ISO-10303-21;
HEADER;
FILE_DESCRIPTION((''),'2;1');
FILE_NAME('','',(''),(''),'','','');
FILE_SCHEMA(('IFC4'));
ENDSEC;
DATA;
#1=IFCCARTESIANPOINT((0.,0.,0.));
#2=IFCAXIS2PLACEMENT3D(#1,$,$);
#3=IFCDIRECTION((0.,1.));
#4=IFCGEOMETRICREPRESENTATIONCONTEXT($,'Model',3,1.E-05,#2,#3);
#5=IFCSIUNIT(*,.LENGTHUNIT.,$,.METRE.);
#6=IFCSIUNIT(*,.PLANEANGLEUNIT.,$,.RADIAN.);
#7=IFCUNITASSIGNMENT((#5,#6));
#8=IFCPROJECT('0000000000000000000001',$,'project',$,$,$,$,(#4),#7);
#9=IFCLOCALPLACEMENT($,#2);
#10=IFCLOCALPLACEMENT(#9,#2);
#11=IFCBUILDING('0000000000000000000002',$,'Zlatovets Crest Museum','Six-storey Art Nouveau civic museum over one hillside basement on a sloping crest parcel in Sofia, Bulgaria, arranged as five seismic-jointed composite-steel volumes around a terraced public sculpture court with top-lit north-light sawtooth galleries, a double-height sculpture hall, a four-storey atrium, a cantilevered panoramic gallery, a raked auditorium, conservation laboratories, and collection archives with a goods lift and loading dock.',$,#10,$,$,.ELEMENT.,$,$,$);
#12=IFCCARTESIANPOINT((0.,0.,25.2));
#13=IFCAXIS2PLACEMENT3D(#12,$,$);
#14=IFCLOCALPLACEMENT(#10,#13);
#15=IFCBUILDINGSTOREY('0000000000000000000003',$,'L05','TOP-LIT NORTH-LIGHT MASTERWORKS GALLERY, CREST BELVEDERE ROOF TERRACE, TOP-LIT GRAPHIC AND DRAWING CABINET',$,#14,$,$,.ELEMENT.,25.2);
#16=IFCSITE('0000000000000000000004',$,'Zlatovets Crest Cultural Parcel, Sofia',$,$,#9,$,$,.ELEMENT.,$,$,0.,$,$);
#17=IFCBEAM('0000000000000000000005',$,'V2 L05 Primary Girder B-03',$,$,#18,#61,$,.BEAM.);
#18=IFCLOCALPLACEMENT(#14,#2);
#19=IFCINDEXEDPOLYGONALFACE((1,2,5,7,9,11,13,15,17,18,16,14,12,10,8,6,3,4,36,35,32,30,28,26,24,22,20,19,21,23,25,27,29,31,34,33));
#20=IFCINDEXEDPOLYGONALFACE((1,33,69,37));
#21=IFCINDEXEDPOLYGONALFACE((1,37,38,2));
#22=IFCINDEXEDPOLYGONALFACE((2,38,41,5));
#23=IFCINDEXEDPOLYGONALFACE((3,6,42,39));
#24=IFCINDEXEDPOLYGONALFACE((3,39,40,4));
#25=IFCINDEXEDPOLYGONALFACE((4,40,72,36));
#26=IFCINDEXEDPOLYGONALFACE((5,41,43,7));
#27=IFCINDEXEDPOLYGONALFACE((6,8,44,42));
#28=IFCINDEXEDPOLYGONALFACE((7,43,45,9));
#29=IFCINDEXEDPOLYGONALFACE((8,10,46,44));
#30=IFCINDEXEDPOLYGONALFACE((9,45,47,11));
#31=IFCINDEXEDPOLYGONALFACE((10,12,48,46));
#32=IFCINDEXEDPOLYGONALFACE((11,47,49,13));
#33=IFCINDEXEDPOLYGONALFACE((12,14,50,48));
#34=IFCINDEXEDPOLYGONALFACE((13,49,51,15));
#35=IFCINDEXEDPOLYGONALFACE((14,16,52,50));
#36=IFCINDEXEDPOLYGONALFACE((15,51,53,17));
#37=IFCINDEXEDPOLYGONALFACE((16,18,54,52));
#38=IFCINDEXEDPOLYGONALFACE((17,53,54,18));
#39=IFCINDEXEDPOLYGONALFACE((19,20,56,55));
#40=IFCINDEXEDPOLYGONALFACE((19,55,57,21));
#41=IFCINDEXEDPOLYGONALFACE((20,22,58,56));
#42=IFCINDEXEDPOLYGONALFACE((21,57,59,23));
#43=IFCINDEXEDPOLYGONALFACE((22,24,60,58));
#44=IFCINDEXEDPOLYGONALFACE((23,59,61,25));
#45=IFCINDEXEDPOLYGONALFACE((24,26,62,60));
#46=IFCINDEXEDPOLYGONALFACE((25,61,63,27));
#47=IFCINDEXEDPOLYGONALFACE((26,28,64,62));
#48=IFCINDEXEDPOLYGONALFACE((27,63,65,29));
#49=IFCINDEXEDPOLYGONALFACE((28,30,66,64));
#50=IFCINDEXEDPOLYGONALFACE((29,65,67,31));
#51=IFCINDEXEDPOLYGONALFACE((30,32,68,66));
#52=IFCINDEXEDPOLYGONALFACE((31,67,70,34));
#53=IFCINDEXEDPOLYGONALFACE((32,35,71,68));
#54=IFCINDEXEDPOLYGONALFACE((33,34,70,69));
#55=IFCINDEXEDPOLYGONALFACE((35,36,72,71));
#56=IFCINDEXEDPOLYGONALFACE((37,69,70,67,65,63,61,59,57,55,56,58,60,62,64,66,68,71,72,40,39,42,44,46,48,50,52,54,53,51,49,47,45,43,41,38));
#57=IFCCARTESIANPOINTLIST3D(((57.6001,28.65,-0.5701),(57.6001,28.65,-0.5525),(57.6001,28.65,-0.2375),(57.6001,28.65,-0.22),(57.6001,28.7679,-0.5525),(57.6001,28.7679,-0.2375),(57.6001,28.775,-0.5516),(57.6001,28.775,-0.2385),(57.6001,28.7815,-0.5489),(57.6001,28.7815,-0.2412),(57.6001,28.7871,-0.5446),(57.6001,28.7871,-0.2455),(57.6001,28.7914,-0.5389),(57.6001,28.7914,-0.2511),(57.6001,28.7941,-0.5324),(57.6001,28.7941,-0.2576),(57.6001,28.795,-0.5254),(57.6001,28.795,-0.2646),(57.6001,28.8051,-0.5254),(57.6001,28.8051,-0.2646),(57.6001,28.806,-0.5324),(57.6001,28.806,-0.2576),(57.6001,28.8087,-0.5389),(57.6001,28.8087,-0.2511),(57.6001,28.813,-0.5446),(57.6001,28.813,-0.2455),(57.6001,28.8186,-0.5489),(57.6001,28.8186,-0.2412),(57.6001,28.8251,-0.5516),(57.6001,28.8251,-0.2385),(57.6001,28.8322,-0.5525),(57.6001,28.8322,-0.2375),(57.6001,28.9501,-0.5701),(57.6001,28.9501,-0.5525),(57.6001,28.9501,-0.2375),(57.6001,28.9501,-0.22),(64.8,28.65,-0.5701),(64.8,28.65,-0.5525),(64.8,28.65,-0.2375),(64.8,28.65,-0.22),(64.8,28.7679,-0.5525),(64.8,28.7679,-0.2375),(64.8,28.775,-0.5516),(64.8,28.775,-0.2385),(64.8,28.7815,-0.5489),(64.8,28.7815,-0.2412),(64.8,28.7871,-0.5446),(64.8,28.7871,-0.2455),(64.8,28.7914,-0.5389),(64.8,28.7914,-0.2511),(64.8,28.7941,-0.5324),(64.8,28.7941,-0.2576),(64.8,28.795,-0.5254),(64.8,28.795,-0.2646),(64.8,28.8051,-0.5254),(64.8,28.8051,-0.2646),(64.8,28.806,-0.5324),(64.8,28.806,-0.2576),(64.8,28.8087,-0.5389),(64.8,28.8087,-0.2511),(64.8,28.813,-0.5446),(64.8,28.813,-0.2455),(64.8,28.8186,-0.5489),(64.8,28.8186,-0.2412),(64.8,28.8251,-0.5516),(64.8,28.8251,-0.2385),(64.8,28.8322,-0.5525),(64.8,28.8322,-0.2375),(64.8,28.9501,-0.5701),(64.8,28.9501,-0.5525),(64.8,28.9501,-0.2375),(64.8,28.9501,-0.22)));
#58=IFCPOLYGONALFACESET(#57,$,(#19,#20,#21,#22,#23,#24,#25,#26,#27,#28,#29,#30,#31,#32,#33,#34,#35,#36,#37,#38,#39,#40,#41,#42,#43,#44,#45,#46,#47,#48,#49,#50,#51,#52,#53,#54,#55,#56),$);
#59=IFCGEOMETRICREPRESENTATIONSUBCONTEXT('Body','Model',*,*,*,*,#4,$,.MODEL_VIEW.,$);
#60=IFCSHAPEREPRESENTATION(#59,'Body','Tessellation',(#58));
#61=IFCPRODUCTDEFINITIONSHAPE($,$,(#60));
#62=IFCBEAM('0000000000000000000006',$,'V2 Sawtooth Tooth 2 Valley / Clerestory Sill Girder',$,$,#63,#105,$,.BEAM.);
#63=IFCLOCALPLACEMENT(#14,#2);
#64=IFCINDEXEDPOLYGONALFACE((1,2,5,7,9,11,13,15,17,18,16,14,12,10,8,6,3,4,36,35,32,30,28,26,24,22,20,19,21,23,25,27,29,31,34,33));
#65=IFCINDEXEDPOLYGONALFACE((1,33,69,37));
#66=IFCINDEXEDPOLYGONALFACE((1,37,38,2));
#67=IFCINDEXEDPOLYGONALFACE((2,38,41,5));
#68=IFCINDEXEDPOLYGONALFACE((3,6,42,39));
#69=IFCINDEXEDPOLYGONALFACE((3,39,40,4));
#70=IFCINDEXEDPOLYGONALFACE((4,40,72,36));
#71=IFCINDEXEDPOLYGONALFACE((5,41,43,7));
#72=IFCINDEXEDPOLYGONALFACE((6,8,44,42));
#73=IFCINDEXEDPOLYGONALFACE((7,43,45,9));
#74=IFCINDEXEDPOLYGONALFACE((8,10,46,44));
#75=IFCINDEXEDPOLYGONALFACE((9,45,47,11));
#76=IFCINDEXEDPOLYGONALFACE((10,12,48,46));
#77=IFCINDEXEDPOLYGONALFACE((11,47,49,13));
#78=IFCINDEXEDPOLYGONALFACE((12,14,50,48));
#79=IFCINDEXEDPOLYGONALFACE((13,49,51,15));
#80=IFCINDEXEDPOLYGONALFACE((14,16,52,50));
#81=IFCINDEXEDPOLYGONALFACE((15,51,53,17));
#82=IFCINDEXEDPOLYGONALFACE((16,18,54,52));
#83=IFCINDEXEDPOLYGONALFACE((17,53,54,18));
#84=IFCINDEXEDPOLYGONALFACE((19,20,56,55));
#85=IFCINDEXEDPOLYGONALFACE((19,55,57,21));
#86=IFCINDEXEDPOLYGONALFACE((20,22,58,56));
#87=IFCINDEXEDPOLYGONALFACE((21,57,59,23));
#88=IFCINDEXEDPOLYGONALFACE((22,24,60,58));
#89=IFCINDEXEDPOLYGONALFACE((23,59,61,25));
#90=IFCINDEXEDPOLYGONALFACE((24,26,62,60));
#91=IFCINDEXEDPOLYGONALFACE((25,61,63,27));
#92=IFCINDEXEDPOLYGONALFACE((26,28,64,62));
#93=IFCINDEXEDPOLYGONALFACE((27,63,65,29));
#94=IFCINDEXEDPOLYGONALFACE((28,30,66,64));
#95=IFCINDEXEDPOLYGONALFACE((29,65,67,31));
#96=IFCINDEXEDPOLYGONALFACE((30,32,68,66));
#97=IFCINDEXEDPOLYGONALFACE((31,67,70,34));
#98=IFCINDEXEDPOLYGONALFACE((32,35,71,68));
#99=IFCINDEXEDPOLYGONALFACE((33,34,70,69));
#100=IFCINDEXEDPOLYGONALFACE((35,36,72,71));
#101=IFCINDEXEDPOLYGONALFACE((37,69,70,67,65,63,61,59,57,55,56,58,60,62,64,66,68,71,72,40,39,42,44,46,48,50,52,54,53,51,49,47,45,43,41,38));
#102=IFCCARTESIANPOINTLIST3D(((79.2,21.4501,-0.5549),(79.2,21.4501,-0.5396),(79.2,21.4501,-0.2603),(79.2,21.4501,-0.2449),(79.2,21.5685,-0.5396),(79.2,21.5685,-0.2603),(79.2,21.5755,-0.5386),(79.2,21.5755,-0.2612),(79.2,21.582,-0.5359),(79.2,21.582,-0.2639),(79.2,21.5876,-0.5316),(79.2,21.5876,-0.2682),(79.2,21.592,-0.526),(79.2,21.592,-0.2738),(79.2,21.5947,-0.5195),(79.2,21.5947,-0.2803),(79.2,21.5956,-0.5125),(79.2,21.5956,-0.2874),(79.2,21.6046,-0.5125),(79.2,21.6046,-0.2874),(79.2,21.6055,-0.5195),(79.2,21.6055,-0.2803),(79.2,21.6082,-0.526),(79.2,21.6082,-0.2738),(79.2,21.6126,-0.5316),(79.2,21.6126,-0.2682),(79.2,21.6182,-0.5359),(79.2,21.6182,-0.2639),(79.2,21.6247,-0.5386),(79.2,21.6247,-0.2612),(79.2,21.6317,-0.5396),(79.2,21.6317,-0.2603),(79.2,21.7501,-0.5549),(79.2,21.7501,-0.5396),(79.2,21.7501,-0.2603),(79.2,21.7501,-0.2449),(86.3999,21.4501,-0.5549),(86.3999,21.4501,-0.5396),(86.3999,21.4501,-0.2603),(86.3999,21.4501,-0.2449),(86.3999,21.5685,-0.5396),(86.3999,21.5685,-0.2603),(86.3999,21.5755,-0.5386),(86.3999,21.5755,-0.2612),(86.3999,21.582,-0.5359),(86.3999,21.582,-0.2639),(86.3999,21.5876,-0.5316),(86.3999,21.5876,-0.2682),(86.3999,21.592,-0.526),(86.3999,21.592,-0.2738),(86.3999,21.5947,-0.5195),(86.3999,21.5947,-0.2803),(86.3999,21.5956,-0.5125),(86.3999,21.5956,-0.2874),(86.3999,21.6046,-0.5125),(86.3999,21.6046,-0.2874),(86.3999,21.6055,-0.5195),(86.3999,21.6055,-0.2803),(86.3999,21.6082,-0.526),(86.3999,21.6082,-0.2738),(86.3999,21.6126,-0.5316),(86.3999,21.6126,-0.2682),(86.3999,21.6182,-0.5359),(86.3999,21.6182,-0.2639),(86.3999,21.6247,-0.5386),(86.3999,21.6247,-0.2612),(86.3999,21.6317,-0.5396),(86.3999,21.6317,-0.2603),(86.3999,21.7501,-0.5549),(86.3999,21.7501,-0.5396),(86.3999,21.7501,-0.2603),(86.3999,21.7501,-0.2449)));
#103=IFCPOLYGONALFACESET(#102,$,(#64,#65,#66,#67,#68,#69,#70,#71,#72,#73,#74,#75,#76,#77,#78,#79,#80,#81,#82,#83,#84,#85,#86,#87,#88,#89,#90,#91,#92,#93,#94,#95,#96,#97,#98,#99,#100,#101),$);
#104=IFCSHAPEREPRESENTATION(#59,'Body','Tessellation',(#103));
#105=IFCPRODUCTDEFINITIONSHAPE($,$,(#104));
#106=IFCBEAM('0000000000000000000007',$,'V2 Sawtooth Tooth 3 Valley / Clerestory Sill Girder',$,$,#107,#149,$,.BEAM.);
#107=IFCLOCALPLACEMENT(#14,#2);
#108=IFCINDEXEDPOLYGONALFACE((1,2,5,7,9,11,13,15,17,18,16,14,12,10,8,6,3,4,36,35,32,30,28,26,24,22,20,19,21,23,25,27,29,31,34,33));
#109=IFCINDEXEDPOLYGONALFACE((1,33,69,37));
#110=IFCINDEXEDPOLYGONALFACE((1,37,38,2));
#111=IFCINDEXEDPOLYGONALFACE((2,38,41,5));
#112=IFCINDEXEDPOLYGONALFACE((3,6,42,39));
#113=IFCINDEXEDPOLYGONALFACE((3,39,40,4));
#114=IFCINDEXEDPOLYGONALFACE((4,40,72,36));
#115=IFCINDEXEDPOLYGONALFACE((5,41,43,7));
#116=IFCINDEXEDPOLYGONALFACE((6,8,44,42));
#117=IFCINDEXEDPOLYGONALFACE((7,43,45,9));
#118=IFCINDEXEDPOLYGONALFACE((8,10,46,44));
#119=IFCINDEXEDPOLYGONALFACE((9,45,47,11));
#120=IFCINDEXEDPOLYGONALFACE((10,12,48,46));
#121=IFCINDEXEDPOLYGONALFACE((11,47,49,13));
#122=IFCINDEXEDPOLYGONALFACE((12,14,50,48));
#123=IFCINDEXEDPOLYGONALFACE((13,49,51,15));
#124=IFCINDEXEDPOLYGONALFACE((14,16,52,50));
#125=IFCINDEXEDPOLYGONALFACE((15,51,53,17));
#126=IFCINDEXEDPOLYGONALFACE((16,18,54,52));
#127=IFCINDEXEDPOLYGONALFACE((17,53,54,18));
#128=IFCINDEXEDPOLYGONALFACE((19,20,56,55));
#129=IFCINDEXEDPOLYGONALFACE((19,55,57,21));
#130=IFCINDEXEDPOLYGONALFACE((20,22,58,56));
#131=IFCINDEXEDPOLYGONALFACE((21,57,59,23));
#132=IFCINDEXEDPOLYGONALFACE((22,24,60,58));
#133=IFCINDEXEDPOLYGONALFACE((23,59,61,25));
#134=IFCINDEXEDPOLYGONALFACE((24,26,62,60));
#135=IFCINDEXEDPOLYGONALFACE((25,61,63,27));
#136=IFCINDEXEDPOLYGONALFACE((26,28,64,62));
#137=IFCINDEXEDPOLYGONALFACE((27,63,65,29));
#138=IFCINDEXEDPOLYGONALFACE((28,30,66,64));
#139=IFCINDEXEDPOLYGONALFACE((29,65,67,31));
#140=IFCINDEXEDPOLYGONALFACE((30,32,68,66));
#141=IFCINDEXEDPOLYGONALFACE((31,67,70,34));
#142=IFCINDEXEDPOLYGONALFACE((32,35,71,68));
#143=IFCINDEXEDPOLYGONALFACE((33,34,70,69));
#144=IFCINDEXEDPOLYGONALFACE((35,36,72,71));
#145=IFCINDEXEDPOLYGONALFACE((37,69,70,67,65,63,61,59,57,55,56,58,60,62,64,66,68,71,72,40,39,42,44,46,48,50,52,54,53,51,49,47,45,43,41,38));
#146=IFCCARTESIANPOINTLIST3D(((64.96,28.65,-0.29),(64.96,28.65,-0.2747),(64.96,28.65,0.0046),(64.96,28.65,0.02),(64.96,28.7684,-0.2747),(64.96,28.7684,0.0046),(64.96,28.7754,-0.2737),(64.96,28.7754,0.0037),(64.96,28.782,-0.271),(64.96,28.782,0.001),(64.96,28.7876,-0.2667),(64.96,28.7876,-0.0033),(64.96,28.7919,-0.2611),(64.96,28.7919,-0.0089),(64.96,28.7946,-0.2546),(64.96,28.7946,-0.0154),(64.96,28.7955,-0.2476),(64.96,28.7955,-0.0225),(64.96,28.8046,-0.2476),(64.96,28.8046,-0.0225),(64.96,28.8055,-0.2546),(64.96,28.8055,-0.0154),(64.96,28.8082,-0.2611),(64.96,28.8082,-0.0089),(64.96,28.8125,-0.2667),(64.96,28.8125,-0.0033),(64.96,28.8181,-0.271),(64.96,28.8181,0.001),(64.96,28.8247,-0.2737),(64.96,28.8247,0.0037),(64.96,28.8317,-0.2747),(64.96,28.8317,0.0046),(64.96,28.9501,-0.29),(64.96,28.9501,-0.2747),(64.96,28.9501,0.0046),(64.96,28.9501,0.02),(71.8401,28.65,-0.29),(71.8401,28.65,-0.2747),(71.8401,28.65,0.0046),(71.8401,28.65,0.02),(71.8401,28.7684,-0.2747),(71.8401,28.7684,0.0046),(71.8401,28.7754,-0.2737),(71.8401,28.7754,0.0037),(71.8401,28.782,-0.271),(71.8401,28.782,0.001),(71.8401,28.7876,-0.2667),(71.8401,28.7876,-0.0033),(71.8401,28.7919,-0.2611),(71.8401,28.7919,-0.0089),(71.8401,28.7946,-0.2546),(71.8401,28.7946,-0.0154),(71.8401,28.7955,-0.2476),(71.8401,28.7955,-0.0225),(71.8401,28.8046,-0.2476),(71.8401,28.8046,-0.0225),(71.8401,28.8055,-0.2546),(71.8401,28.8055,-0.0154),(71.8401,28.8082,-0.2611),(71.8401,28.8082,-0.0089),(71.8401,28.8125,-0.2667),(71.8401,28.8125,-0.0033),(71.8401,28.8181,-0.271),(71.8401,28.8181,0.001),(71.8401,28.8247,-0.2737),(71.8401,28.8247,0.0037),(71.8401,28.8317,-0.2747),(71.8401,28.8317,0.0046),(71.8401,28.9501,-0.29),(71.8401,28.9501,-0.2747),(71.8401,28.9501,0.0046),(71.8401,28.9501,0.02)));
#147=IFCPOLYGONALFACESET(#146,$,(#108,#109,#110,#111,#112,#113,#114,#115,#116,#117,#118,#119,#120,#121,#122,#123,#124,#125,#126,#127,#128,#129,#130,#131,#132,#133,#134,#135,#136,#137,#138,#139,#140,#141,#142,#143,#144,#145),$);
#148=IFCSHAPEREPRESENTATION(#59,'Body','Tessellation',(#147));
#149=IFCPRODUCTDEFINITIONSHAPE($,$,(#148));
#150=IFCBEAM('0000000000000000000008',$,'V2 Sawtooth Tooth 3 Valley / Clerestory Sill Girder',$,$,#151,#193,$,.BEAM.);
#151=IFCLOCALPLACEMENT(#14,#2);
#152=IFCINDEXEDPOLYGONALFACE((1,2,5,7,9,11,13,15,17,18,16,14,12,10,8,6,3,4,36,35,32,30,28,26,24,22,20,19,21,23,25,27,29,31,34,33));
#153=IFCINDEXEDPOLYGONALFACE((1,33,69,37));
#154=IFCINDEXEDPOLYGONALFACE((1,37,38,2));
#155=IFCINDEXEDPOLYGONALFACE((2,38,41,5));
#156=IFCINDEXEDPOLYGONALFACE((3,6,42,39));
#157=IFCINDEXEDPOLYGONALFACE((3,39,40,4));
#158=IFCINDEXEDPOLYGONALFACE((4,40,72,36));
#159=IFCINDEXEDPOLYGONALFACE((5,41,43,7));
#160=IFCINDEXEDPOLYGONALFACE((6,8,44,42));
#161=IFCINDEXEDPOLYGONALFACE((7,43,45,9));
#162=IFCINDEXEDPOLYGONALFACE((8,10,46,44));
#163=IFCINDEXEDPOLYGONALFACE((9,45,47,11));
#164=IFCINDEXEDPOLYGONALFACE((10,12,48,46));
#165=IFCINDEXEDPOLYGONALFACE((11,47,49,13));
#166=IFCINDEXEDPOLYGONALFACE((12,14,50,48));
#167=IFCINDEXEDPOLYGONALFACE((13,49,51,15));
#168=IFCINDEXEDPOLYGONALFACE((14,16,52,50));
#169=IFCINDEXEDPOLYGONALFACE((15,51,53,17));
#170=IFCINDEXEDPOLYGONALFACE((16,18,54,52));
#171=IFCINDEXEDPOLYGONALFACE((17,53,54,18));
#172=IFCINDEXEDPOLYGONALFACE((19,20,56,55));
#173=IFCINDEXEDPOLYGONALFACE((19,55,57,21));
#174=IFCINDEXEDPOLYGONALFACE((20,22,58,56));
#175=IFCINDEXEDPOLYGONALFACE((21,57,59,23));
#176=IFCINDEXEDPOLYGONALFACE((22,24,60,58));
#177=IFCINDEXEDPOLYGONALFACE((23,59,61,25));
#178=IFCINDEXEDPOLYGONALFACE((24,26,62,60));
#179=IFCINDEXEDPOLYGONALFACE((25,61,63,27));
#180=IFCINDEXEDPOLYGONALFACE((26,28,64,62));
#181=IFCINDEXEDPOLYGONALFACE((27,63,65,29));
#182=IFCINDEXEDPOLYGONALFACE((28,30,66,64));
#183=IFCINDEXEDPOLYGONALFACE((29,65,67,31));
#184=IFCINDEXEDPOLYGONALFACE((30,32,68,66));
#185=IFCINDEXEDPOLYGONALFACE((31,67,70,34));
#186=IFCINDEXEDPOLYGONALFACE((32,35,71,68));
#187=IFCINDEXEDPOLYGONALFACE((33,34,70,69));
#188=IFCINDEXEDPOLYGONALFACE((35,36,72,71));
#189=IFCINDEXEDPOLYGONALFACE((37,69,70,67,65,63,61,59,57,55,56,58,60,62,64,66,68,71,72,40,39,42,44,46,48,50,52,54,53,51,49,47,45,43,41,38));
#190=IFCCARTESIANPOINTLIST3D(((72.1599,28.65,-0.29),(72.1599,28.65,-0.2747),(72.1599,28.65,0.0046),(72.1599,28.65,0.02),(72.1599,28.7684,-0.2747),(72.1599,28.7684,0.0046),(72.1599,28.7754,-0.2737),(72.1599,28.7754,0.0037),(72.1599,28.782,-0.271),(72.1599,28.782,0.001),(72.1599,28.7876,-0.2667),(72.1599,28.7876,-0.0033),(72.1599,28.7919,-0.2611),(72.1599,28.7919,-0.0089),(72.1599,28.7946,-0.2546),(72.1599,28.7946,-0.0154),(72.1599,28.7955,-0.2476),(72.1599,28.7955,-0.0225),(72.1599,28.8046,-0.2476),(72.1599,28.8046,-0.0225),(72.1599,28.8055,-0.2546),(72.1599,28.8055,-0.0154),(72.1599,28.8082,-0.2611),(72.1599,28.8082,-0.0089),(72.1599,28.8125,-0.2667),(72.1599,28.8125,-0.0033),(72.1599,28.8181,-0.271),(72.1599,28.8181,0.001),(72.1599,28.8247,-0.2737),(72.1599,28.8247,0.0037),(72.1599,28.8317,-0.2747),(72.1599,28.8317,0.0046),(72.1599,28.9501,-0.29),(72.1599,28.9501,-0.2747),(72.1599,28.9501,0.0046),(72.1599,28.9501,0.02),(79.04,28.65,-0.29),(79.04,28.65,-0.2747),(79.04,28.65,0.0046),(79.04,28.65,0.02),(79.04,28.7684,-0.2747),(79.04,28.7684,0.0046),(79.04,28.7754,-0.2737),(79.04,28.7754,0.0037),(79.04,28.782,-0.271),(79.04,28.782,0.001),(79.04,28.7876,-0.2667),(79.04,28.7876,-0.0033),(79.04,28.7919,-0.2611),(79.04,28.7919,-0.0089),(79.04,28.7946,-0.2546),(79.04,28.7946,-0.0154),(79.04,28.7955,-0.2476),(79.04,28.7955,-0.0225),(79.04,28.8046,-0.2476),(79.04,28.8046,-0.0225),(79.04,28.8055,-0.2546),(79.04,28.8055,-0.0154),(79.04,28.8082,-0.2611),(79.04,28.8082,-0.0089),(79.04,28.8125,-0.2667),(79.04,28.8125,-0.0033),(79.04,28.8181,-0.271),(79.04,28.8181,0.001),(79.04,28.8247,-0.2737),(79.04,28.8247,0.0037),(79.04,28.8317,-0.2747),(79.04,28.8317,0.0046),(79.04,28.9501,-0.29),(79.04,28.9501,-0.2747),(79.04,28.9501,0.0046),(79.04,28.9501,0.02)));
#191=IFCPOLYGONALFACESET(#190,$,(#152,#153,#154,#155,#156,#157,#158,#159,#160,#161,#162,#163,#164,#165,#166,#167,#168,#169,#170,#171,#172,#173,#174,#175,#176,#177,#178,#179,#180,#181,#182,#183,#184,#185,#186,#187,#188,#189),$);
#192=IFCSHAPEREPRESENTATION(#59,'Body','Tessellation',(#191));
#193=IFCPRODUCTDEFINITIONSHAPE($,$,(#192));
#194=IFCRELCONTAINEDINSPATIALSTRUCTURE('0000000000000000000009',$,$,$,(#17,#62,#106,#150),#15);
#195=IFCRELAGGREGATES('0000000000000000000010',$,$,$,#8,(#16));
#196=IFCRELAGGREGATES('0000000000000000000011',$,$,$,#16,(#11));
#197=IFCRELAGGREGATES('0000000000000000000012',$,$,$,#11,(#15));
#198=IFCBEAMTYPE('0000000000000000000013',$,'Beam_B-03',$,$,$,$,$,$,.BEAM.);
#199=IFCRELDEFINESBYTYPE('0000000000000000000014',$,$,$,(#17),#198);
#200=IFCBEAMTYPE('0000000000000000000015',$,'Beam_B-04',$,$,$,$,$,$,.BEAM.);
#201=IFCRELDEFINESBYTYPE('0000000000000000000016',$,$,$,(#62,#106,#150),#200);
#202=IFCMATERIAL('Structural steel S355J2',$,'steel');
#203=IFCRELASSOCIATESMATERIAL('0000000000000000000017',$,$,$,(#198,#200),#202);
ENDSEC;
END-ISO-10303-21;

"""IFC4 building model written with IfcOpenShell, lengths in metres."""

from ifc_helpers import new_model, si_unit, direction, frame, origin, origin_2d, place, context, subcontext, project, spatial, i_section, extrude, material, material_profile, profile_set, type_object, element, save


model = new_model("IFC4")

# Units and contexts
model_context = context("Model", 3, precision=1e-05, world=origin(), true_north=direction((0.0, 1.0)))
body_context = subcontext(model_context, "Body", "Model", "MODEL_VIEW")
ifc_project = project(units=[si_unit("LENGTHUNIT", "METRE"), si_unit("PLANEANGLEUNIT", "RADIAN")], contexts=[model_context])

# Site, building, storey
site_placement = place(None, origin())
site = spatial("IfcSite", under=ifc_project, at=site_placement, Name="Zlatovets Crest Cultural Parcel, Sofia", CompositionType="ELEMENT", RefElevation=0.0)
building_placement = place(site_placement, origin())
building = spatial("IfcBuilding", under=site, at=building_placement, Name="Zlatovets Crest Museum", Description="Six-storey Art Nouveau civic museum over one hillside basement on a sloping crest parcel in Sofia, Bulgaria, arranged as five seismic-jointed composite-steel volumes around a terraced public sculpture court with top-lit north-light sawtooth galleries, a double-height sculpture hall, a four-storey atrium, a cantilevered panoramic gallery, a raked auditorium, conservation laboratories, and collection archives with a goods lift and loading dock.", CompositionType="ELEMENT")
storey_placement = place(building_placement, frame((0.0, 0.0, 25.2)))
storey = spatial("IfcBuildingStorey", under=building, at=storey_placement, Name="L05", Description="TOP-LIT NORTH-LIGHT MASTERWORKS GALLERY, CREST BELVEDERE ROOF TERRACE, TOP-LIT GRAPHIC AND DRAWING CABINET", CompositionType="ELEMENT", Elevation=25.2)

# Beams
ifc_material_1 = material(Name="Structural steel S355J2", Category="steel")
ifc_material_profile_1 = material_profile(ifc_material_1, i_section(OverallWidth=0.3, OverallDepth=0.3501, WebThickness=0.01, FlangeThickness=0.0176, FilletRadius=0.0271, at=origin_2d()), Name="HEA 360")
ifc_profile_set_1 = profile_set([ifc_material_profile_1], Name="Structural steel S355J2")
beam_type_1 = type_object("IfcBeamType", Name="Beam_B-03", PredefinedType="BEAM", material=ifc_profile_set_1)
beam_1_placement = place(storey_placement, frame((57.6001, 28.8, -0.395), z_axis=(1.0, 0.0, 0.0), x_axis=(0.0, 1.0, 0.0)))
element("IfcBeam", 1, at=beam_1_placement, inside=storey, type_object=beam_type_1, Name="V2 L05 Primary Girder B-03", PredefinedType="BEAM", context=body_context, shape_type="SweptSolid", body=[
    extrude(i_section(OverallWidth=0.3, OverallDepth=0.3501, WebThickness=0.01, FlangeThickness=0.0176, FilletRadius=0.0271, at=origin_2d()), origin(), (0.0, 0.0, 1.0), 7.2),
])
ifc_material_profile_2 = material_profile(ifc_material_1, i_section(OverallWidth=0.3, OverallDepth=0.3101, WebThickness=0.009, FlangeThickness=0.0154, FilletRadius=0.0271, at=origin_2d()), Name="HEA 320")
ifc_profile_set_2 = profile_set([ifc_material_profile_2], Name="Structural steel S355J2")
beam_type_2 = type_object("IfcBeamType", Name="Beam_B-04", PredefinedType="BEAM", material=ifc_profile_set_2)
beam_2_placement = place(storey_placement, frame((79.2, 21.6001, -0.3999), z_axis=(1.0, 0.0, 0.0), x_axis=(0.0, 1.0, 0.0)))
element("IfcBeam", 2, at=beam_2_placement, inside=storey, type_object=beam_type_2, Name="V2 Sawtooth Tooth 2 Valley / Clerestory Sill Girder", PredefinedType="BEAM", context=body_context, shape_type="SweptSolid", body=[
    extrude(i_section(OverallWidth=0.3, OverallDepth=0.3101, WebThickness=0.009, FlangeThickness=0.0154, FilletRadius=0.0271, at=origin_2d()), origin(), (0.0, 0.0, 1.0), 7.2),
])
for number, where, z_axis, x_axis, name in (
    (3, (64.96, 28.8, -0.135), (1.0, 0.0, 0.0), (0.0, 1.0, 0.0), "V2 Sawtooth Tooth 3 Valley / Clerestory Sill Girder"),
    (4, (72.1599, 28.8, -0.135), (1.0, 0.0, 0.0), (0.0, 1.0, 0.0), "V2 Sawtooth Tooth 3 Valley / Clerestory Sill Girder"),
):
    element("IfcBeam", number, at=place(storey_placement, frame(where, z_axis=z_axis, x_axis=x_axis)), inside=storey, type_object=beam_type_2, Name=name, PredefinedType="BEAM", context=body_context, shape_type="SweptSolid", body=[
        extrude(i_section(OverallWidth=0.3, OverallDepth=0.3101, WebThickness=0.009, FlangeThickness=0.0154, FilletRadius=0.0271, at=origin_2d()), origin(), (0.0, 0.0, 1.0), 6.8801),
    ])

save(model, "model.ifc")
